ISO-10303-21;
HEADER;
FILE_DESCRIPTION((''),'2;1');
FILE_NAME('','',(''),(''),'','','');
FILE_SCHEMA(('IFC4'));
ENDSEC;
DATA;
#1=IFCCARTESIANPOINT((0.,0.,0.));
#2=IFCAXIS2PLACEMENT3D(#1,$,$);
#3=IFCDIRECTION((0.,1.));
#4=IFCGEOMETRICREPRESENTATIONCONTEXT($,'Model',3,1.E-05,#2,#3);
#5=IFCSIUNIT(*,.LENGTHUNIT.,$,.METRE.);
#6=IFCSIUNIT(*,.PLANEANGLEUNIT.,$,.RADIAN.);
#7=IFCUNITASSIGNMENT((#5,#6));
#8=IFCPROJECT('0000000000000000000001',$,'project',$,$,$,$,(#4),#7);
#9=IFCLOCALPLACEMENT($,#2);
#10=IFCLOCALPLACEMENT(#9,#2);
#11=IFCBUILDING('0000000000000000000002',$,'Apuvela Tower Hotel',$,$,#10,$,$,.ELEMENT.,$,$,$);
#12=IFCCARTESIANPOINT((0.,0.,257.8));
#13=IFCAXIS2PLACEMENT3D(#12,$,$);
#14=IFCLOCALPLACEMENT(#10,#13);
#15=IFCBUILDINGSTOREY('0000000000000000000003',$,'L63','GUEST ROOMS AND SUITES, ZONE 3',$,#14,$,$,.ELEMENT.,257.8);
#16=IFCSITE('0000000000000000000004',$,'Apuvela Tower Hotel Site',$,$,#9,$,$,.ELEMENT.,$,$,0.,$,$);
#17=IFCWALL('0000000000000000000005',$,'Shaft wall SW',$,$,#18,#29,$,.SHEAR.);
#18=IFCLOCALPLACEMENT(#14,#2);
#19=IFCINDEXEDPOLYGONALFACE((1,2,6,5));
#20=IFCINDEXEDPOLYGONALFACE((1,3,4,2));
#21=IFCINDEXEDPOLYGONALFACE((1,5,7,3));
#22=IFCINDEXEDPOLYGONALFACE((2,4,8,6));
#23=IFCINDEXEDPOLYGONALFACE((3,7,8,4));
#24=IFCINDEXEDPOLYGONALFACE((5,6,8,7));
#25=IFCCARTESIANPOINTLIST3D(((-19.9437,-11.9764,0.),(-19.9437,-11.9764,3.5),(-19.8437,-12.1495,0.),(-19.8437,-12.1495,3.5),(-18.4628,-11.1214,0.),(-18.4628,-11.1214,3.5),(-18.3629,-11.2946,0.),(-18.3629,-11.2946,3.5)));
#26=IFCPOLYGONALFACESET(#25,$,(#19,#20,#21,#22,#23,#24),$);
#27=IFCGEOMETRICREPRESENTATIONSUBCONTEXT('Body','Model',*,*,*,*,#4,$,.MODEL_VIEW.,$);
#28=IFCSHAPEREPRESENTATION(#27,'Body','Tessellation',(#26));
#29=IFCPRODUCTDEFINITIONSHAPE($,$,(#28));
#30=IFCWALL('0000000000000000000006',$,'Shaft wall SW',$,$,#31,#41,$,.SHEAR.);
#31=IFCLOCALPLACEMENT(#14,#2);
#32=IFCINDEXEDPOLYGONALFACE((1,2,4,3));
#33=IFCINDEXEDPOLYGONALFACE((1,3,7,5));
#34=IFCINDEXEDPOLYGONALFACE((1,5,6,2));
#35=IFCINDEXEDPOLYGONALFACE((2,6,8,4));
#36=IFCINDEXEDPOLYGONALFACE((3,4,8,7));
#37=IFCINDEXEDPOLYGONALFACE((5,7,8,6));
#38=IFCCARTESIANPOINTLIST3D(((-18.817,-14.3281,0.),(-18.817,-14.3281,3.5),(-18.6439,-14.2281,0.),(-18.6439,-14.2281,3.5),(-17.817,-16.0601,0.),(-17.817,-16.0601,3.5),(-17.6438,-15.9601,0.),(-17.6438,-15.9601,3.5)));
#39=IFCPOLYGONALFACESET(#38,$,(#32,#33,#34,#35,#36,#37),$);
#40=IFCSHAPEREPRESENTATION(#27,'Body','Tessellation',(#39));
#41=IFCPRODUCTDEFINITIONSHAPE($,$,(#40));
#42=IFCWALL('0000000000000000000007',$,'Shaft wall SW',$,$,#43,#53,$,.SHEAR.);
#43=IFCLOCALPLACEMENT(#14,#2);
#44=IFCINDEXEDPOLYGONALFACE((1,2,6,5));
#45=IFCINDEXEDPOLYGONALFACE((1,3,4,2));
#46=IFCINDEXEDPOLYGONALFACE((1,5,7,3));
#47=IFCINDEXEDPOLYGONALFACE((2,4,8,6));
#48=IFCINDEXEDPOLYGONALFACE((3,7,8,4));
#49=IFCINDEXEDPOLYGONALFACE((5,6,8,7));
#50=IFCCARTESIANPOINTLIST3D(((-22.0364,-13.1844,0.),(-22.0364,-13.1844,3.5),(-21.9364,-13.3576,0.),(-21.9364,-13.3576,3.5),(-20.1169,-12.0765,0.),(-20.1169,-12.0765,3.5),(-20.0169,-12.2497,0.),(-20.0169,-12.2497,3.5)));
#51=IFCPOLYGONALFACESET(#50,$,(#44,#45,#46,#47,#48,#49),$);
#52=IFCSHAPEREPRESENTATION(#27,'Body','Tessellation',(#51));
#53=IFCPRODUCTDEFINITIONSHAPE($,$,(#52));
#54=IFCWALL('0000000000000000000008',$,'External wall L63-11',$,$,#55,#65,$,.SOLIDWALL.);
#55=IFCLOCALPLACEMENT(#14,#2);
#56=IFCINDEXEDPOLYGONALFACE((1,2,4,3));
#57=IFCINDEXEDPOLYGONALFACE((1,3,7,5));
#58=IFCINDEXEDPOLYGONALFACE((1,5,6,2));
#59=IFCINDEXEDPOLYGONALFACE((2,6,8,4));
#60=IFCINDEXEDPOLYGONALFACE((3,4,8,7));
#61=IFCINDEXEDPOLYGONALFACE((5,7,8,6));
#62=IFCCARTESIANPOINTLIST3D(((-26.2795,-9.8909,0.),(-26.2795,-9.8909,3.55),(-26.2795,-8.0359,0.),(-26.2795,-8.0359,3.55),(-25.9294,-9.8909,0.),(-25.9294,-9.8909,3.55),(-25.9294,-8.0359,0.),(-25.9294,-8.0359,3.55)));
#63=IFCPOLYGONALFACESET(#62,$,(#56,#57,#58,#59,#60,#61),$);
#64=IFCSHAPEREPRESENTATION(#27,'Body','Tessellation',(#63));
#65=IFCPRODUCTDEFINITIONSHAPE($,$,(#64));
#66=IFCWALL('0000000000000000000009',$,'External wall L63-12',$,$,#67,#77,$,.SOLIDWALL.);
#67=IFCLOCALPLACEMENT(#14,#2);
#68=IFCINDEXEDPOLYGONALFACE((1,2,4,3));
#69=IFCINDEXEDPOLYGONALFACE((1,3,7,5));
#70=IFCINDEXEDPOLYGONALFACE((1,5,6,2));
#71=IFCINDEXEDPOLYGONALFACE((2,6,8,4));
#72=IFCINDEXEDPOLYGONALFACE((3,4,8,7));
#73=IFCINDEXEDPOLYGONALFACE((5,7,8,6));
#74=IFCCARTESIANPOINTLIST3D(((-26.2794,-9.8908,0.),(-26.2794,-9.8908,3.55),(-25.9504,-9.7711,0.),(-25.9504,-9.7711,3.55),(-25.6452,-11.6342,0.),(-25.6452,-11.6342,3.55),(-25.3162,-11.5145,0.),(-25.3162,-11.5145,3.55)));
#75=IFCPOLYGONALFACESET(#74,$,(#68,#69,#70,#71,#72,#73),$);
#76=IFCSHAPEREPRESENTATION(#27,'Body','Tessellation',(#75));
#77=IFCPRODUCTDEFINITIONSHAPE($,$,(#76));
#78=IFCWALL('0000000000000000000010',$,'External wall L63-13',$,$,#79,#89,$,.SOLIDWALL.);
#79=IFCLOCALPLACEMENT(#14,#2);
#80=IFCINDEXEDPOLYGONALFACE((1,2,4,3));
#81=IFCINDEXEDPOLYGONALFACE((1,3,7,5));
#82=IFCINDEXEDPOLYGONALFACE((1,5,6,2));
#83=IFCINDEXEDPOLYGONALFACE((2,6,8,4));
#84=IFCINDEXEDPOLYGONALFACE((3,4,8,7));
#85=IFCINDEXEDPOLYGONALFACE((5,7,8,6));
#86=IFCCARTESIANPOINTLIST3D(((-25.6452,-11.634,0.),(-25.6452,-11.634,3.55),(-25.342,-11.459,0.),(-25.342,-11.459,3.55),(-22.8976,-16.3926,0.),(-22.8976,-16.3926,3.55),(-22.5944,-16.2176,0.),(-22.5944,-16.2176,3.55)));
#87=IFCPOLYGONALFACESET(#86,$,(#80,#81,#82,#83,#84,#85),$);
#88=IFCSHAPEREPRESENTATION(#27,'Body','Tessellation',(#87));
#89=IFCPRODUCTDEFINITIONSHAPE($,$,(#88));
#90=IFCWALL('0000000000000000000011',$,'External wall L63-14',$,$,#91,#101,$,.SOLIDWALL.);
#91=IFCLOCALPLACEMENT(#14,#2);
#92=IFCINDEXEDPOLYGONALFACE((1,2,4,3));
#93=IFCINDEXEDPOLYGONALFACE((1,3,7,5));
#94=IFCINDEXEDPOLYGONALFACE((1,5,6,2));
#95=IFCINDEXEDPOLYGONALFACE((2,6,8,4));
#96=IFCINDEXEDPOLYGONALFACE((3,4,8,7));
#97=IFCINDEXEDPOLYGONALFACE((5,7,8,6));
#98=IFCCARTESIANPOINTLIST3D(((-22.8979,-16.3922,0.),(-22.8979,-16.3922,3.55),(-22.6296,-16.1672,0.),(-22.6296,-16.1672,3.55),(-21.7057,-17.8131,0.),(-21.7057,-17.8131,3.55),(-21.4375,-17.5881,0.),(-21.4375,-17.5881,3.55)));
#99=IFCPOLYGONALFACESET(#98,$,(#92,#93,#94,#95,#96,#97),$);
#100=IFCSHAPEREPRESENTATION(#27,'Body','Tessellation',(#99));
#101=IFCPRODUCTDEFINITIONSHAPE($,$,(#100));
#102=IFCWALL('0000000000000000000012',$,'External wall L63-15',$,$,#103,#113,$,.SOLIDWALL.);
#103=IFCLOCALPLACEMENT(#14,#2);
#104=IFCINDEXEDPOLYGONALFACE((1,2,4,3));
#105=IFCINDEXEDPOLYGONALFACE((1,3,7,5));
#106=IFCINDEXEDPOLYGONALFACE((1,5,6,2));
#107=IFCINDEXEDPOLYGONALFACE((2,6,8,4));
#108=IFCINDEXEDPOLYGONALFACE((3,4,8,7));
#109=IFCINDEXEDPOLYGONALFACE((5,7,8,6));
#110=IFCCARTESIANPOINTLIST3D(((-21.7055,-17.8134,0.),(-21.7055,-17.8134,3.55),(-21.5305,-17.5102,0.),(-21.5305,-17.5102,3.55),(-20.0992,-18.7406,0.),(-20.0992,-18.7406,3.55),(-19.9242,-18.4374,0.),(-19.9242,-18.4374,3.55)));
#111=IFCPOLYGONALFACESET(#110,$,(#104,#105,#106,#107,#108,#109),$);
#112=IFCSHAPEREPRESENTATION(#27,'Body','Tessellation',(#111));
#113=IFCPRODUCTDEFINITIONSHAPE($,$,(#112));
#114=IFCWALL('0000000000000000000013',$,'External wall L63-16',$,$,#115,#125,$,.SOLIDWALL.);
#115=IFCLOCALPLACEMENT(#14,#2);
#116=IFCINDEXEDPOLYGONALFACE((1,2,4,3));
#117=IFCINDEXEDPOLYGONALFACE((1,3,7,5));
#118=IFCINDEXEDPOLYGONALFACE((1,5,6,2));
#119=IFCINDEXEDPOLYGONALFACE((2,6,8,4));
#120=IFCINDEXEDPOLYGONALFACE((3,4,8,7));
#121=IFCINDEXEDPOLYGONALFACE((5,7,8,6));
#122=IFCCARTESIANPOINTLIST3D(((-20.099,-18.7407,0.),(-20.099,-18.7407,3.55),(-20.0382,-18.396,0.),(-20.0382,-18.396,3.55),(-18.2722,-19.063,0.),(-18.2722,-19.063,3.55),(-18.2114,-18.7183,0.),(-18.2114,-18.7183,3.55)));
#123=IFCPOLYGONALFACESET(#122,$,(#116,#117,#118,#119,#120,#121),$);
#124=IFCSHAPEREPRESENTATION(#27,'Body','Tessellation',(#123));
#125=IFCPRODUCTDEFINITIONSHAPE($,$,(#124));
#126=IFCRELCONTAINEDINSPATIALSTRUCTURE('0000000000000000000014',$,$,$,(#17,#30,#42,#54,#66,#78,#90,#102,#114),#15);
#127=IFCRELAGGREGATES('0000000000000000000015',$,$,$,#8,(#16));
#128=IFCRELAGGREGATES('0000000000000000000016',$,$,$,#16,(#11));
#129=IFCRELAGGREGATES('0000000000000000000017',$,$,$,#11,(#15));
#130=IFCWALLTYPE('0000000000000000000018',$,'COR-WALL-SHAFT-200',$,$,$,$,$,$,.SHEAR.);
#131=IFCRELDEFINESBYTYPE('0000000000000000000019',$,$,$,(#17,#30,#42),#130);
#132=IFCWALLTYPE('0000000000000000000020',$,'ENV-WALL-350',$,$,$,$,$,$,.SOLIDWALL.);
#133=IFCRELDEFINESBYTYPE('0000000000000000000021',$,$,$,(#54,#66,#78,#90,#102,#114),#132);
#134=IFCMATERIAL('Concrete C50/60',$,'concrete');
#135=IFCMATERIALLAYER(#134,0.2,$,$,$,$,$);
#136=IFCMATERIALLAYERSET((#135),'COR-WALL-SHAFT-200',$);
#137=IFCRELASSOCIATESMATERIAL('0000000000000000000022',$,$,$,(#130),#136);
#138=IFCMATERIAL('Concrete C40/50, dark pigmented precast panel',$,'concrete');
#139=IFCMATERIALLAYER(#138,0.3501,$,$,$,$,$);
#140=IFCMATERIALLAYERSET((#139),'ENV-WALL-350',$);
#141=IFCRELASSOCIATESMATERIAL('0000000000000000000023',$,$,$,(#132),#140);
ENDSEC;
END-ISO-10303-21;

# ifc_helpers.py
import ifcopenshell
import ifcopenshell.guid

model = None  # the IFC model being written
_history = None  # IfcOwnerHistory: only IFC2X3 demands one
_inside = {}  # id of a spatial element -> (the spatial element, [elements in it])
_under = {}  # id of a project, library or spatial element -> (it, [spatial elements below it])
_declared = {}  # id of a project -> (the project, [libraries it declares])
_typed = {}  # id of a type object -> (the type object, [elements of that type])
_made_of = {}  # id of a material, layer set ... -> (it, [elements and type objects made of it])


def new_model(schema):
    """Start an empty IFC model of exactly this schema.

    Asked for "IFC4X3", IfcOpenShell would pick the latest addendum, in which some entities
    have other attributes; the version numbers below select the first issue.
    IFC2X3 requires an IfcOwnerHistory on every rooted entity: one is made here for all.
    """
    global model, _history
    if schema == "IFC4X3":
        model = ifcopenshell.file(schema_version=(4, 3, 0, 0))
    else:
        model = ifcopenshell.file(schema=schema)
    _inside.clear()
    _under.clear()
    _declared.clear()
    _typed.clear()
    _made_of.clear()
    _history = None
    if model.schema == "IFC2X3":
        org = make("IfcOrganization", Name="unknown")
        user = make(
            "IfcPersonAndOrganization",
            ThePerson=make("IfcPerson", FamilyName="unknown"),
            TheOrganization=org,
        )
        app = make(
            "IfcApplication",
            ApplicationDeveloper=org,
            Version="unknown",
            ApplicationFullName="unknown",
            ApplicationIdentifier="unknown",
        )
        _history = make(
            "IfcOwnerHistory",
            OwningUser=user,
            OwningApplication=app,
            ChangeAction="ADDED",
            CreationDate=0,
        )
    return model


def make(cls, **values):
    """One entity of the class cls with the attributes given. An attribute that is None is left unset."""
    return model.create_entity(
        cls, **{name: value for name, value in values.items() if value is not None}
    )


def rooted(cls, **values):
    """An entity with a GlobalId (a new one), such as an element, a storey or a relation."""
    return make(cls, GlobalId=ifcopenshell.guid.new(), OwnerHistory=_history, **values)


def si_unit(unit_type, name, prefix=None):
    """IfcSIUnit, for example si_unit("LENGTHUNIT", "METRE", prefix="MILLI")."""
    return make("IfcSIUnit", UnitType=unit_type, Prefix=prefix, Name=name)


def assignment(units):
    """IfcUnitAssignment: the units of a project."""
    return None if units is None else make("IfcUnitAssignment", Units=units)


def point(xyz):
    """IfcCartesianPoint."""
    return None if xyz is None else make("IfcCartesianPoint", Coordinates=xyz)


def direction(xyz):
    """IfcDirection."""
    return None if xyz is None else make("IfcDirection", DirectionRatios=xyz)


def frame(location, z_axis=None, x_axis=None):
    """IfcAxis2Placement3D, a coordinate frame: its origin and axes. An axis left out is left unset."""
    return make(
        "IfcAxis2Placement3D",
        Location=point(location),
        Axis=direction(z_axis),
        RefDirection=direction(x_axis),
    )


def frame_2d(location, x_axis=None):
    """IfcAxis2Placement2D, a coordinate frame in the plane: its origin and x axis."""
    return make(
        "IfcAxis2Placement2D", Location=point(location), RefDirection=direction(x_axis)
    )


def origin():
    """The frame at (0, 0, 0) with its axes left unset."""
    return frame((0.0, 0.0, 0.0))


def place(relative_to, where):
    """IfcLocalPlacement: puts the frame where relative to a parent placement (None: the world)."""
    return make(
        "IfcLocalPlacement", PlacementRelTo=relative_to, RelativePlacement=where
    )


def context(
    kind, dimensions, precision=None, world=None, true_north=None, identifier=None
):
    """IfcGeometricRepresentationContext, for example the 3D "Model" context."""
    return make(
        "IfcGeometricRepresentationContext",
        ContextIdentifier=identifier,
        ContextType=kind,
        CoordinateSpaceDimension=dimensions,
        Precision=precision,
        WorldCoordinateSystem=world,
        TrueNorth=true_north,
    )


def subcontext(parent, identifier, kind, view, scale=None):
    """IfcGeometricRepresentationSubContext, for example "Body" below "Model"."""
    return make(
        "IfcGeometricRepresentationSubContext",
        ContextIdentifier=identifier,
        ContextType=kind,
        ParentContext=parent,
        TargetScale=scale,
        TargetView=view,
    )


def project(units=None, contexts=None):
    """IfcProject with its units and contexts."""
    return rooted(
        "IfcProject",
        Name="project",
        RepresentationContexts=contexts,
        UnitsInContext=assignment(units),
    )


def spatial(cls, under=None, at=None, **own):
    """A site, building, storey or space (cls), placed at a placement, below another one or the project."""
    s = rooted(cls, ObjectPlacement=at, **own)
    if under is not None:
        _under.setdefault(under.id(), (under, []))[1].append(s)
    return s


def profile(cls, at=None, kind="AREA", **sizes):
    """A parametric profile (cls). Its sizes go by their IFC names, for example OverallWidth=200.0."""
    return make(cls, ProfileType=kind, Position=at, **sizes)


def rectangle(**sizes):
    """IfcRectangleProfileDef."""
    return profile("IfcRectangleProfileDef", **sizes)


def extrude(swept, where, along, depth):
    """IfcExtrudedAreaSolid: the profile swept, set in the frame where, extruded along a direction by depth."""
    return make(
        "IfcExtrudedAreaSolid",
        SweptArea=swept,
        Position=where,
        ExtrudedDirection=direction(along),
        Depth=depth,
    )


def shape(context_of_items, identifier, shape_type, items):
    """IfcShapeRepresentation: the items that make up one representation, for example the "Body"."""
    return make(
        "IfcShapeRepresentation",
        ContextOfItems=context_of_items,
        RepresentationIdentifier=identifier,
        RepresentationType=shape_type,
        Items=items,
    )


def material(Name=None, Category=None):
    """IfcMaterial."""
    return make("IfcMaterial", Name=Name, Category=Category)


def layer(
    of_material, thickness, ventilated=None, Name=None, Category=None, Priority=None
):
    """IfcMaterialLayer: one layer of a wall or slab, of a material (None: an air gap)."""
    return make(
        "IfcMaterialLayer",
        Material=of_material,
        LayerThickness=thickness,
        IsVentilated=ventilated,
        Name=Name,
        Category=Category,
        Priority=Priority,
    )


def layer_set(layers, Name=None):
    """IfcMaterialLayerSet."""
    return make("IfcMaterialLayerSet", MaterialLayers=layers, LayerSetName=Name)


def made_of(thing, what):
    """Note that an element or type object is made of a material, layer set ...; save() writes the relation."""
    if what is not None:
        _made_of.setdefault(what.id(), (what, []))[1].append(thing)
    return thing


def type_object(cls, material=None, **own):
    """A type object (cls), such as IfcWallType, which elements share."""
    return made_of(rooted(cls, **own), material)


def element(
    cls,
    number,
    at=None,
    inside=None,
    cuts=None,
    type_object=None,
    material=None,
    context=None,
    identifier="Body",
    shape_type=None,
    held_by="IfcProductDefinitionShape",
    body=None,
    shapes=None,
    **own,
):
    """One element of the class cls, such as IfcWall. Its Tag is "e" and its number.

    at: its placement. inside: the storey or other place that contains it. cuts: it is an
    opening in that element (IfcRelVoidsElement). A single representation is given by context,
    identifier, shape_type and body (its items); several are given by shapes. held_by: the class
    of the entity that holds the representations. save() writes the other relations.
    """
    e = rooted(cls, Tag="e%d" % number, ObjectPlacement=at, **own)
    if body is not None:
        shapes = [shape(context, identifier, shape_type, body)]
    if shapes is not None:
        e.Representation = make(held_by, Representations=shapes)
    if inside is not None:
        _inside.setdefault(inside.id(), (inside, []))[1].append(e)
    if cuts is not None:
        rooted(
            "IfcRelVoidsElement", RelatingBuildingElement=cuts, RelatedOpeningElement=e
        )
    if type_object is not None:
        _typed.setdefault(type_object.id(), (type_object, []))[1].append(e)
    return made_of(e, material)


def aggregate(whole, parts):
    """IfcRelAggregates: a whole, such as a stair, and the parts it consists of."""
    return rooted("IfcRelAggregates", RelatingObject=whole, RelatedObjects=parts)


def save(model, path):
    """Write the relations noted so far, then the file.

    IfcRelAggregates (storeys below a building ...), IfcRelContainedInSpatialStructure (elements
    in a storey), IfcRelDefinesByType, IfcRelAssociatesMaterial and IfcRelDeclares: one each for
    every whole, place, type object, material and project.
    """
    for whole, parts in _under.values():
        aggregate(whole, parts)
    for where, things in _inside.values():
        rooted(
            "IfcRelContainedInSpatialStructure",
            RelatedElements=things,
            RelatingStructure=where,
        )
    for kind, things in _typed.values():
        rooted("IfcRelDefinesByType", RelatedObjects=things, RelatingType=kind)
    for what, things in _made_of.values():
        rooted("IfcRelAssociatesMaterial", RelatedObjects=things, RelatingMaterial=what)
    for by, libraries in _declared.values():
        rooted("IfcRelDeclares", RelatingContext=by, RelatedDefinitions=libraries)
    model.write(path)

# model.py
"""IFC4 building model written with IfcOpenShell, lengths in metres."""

from ifc_helpers import new_model, si_unit, direction, frame, frame_2d, origin, place, context, subcontext, project, spatial, rectangle, extrude, material, layer, layer_set, type_object, element, save


model = new_model("IFC4")

# Units and contexts
model_context = context("Model", 3, precision=1e-05, world=origin(), true_north=direction((0.0, 1.0)))
body_context = subcontext(model_context, "Body", "Model", "MODEL_VIEW")
ifc_project = project(units=[si_unit("LENGTHUNIT", "METRE"), si_unit("PLANEANGLEUNIT", "RADIAN")], contexts=[model_context])

# Site, building, storey
site_placement = place(None, origin())
site = spatial("IfcSite", under=ifc_project, at=site_placement, Name="Apuvela Tower Hotel Site", CompositionType="ELEMENT", RefElevation=0.0)
building_placement = place(site_placement, origin())
building = spatial("IfcBuilding", under=site, at=building_placement, Name="Apuvela Tower Hotel", CompositionType="ELEMENT")
storey_placement = place(building_placement, frame((0.0, 0.0, 257.8)))
storey = spatial("IfcBuildingStorey", under=building, at=storey_placement, Name="L63", Description="GUEST ROOMS AND SUITES, ZONE 3", CompositionType="ELEMENT", Elevation=257.8)

# Shared definitions
ifc_material_1 = material(Name="Concrete C50/60", Category="concrete")
ifc_layer_1 = layer(ifc_material_1, 0.2)
ifc_layer_set_1 = layer_set([ifc_layer_1], Name="COR-WALL-SHAFT-200")
wall_type_1 = type_object("IfcWallType", Name="COR-WALL-SHAFT-200", PredefinedType="SHEAR", material=ifc_layer_set_1)

# Walls
wall_1_placement = place(storey_placement, frame((-18.4128, -11.208, 0.0), z_axis=(0.0, 0.0, 1.0), x_axis=(-0.866038, -0.499978, 0.0)))
element("IfcWall", 1, at=wall_1_placement, inside=storey, type_object=wall_type_1, Name="Shaft wall SW", PredefinedType="SHEAR", context=body_context, shape_type="SweptSolid", body=[
    extrude(rectangle(XDim=1.71, YDim=0.2, at=frame_2d((0.855, 0.0))), origin(), (0.0, 0.0, 1.0), 3.5),
])
wall_2_placement = place(storey_placement, frame((-18.7305, -14.2781, 0.0), z_axis=(0.0, 0.0, 1.0), x_axis=(0.500025, -0.866011, 0.0)))
element("IfcWall", 2, at=wall_2_placement, inside=storey, type_object=wall_type_1, Name="Shaft wall SW", PredefinedType="SHEAR", context=body_context, shape_type="SweptSolid", body=[
    extrude(rectangle(XDim=2.0, YDim=0.2, at=frame_2d((1.0, 0.0))), origin(), (0.0, 0.0, 1.0), 3.5),
])
wall_3_placement = place(storey_placement, frame((-20.0669, -12.1631, 0.0), z_axis=(0.0, 0.0, 1.0), x_axis=(-0.866079, -0.499907, 0.0)))
element("IfcWall", 3, at=wall_3_placement, inside=storey, type_object=wall_type_1, Name="Shaft wall SW", PredefinedType="SHEAR", context=body_context, shape_type="SweptSolid", body=[
    extrude(rectangle(XDim=2.2163, YDim=0.2, at=frame_2d((1.1082, 0.0))), origin(), (0.0, 0.0, 1.0), 3.5),
])
ifc_material_2 = material(Name="Concrete C40/50, dark pigmented precast panel", Category="concrete")
ifc_layer_2 = layer(ifc_material_2, 0.3501)
ifc_layer_set_2 = layer_set([ifc_layer_2], Name="ENV-WALL-350")
wall_type_2 = type_object("IfcWallType", Name="ENV-WALL-350", PredefinedType="SOLIDWALL", material=ifc_layer_set_2)
wall_4_placement = place(storey_placement, frame((-26.1045, -8.0359, 0.0), z_axis=(0.0, 0.0, 1.0), x_axis=(0.0, -1.0, 0.0)))
element("IfcWall", 4, at=wall_4_placement, inside=storey, type_object=wall_type_2, Name="External wall L63-11", PredefinedType="SOLIDWALL", context=body_context, shape_type="SweptSolid", body=[
    extrude(rectangle(XDim=1.855, YDim=0.3501, at=frame_2d((0.9275, 0.0))), origin(), (0.0, 0.0, 1.0), 3.55),
])
wall_5_placement = place(storey_placement, frame((-26.115, -9.8308, 0.0), z_axis=(0.0, 0.0, 1.0), x_axis=(0.341891, -0.93974, 0.0)))
element("IfcWall", 5, at=wall_5_placement, inside=storey, type_object=wall_type_2, Name="External wall L63-12", PredefinedType="SOLIDWALL", context=body_context, shape_type="SweptSolid", body=[
    extrude(rectangle(XDim=1.8552, YDim=0.3501, at=frame_2d((0.9277, 0.0))), origin(), (0.0, 0.0, 1.0), 3.55),
])
wall_6_placement = place(storey_placement, frame((-25.4937, -11.5464, 0.0), z_axis=(0.0, 0.0, 1.0), x_axis=(0.500029, -0.866009, 0.0)))
element("IfcWall", 6, at=wall_6_placement, inside=storey, type_object=wall_type_2, Name="External wall L63-13", PredefinedType="SOLIDWALL", context=body_context, shape_type="SweptSolid", body=[
    extrude(rectangle(XDim=5.4949, YDim=0.3501, at=frame_2d((2.7476, 0.0))), origin(), (0.0, 0.0, 1.0), 3.55),
])
for number, where, z_axis, x_axis, name in (
    (7, (-22.7637, -16.2798, 0.0), (0.0, 0.0, 1.0), (0.642744, -0.766081, 0.0), "External wall L63-14"),
    (8, (-21.6179, -17.6619, 0.0), (0.0, 0.0, 1.0), (0.86608, -0.499905, 0.0), "External wall L63-15"),
):
    element("IfcWall", number, at=place(storey_placement, frame(where, z_axis=z_axis, x_axis=x_axis)), inside=storey, type_object=wall_type_2, Name=name, PredefinedType="SOLIDWALL", context=body_context, shape_type="SweptSolid", body=[
        extrude(rectangle(XDim=1.8547, YDim=0.3501, at=frame_2d((0.9272, 0.0))), origin(), (0.0, 0.0, 1.0), 3.55),
    ])
wall_7_placement = place(storey_placement, frame((-20.0686, -18.5684, 0.0), z_axis=(0.0, 0.0, 1.0), x_axis=(0.984792, -0.17374, 0.0)))
element("IfcWall", 9, at=wall_7_placement, inside=storey, type_object=wall_type_2, Name="External wall L63-16", PredefinedType="SOLIDWALL", context=body_context, shape_type="SweptSolid", body=[
    extrude(rectangle(XDim=1.855, YDim=0.3501, at=frame_2d((0.9275, 0.0))), origin(), (0.0, 0.0, 1.0), 3.55),
])

save(model, "model.ifc")
